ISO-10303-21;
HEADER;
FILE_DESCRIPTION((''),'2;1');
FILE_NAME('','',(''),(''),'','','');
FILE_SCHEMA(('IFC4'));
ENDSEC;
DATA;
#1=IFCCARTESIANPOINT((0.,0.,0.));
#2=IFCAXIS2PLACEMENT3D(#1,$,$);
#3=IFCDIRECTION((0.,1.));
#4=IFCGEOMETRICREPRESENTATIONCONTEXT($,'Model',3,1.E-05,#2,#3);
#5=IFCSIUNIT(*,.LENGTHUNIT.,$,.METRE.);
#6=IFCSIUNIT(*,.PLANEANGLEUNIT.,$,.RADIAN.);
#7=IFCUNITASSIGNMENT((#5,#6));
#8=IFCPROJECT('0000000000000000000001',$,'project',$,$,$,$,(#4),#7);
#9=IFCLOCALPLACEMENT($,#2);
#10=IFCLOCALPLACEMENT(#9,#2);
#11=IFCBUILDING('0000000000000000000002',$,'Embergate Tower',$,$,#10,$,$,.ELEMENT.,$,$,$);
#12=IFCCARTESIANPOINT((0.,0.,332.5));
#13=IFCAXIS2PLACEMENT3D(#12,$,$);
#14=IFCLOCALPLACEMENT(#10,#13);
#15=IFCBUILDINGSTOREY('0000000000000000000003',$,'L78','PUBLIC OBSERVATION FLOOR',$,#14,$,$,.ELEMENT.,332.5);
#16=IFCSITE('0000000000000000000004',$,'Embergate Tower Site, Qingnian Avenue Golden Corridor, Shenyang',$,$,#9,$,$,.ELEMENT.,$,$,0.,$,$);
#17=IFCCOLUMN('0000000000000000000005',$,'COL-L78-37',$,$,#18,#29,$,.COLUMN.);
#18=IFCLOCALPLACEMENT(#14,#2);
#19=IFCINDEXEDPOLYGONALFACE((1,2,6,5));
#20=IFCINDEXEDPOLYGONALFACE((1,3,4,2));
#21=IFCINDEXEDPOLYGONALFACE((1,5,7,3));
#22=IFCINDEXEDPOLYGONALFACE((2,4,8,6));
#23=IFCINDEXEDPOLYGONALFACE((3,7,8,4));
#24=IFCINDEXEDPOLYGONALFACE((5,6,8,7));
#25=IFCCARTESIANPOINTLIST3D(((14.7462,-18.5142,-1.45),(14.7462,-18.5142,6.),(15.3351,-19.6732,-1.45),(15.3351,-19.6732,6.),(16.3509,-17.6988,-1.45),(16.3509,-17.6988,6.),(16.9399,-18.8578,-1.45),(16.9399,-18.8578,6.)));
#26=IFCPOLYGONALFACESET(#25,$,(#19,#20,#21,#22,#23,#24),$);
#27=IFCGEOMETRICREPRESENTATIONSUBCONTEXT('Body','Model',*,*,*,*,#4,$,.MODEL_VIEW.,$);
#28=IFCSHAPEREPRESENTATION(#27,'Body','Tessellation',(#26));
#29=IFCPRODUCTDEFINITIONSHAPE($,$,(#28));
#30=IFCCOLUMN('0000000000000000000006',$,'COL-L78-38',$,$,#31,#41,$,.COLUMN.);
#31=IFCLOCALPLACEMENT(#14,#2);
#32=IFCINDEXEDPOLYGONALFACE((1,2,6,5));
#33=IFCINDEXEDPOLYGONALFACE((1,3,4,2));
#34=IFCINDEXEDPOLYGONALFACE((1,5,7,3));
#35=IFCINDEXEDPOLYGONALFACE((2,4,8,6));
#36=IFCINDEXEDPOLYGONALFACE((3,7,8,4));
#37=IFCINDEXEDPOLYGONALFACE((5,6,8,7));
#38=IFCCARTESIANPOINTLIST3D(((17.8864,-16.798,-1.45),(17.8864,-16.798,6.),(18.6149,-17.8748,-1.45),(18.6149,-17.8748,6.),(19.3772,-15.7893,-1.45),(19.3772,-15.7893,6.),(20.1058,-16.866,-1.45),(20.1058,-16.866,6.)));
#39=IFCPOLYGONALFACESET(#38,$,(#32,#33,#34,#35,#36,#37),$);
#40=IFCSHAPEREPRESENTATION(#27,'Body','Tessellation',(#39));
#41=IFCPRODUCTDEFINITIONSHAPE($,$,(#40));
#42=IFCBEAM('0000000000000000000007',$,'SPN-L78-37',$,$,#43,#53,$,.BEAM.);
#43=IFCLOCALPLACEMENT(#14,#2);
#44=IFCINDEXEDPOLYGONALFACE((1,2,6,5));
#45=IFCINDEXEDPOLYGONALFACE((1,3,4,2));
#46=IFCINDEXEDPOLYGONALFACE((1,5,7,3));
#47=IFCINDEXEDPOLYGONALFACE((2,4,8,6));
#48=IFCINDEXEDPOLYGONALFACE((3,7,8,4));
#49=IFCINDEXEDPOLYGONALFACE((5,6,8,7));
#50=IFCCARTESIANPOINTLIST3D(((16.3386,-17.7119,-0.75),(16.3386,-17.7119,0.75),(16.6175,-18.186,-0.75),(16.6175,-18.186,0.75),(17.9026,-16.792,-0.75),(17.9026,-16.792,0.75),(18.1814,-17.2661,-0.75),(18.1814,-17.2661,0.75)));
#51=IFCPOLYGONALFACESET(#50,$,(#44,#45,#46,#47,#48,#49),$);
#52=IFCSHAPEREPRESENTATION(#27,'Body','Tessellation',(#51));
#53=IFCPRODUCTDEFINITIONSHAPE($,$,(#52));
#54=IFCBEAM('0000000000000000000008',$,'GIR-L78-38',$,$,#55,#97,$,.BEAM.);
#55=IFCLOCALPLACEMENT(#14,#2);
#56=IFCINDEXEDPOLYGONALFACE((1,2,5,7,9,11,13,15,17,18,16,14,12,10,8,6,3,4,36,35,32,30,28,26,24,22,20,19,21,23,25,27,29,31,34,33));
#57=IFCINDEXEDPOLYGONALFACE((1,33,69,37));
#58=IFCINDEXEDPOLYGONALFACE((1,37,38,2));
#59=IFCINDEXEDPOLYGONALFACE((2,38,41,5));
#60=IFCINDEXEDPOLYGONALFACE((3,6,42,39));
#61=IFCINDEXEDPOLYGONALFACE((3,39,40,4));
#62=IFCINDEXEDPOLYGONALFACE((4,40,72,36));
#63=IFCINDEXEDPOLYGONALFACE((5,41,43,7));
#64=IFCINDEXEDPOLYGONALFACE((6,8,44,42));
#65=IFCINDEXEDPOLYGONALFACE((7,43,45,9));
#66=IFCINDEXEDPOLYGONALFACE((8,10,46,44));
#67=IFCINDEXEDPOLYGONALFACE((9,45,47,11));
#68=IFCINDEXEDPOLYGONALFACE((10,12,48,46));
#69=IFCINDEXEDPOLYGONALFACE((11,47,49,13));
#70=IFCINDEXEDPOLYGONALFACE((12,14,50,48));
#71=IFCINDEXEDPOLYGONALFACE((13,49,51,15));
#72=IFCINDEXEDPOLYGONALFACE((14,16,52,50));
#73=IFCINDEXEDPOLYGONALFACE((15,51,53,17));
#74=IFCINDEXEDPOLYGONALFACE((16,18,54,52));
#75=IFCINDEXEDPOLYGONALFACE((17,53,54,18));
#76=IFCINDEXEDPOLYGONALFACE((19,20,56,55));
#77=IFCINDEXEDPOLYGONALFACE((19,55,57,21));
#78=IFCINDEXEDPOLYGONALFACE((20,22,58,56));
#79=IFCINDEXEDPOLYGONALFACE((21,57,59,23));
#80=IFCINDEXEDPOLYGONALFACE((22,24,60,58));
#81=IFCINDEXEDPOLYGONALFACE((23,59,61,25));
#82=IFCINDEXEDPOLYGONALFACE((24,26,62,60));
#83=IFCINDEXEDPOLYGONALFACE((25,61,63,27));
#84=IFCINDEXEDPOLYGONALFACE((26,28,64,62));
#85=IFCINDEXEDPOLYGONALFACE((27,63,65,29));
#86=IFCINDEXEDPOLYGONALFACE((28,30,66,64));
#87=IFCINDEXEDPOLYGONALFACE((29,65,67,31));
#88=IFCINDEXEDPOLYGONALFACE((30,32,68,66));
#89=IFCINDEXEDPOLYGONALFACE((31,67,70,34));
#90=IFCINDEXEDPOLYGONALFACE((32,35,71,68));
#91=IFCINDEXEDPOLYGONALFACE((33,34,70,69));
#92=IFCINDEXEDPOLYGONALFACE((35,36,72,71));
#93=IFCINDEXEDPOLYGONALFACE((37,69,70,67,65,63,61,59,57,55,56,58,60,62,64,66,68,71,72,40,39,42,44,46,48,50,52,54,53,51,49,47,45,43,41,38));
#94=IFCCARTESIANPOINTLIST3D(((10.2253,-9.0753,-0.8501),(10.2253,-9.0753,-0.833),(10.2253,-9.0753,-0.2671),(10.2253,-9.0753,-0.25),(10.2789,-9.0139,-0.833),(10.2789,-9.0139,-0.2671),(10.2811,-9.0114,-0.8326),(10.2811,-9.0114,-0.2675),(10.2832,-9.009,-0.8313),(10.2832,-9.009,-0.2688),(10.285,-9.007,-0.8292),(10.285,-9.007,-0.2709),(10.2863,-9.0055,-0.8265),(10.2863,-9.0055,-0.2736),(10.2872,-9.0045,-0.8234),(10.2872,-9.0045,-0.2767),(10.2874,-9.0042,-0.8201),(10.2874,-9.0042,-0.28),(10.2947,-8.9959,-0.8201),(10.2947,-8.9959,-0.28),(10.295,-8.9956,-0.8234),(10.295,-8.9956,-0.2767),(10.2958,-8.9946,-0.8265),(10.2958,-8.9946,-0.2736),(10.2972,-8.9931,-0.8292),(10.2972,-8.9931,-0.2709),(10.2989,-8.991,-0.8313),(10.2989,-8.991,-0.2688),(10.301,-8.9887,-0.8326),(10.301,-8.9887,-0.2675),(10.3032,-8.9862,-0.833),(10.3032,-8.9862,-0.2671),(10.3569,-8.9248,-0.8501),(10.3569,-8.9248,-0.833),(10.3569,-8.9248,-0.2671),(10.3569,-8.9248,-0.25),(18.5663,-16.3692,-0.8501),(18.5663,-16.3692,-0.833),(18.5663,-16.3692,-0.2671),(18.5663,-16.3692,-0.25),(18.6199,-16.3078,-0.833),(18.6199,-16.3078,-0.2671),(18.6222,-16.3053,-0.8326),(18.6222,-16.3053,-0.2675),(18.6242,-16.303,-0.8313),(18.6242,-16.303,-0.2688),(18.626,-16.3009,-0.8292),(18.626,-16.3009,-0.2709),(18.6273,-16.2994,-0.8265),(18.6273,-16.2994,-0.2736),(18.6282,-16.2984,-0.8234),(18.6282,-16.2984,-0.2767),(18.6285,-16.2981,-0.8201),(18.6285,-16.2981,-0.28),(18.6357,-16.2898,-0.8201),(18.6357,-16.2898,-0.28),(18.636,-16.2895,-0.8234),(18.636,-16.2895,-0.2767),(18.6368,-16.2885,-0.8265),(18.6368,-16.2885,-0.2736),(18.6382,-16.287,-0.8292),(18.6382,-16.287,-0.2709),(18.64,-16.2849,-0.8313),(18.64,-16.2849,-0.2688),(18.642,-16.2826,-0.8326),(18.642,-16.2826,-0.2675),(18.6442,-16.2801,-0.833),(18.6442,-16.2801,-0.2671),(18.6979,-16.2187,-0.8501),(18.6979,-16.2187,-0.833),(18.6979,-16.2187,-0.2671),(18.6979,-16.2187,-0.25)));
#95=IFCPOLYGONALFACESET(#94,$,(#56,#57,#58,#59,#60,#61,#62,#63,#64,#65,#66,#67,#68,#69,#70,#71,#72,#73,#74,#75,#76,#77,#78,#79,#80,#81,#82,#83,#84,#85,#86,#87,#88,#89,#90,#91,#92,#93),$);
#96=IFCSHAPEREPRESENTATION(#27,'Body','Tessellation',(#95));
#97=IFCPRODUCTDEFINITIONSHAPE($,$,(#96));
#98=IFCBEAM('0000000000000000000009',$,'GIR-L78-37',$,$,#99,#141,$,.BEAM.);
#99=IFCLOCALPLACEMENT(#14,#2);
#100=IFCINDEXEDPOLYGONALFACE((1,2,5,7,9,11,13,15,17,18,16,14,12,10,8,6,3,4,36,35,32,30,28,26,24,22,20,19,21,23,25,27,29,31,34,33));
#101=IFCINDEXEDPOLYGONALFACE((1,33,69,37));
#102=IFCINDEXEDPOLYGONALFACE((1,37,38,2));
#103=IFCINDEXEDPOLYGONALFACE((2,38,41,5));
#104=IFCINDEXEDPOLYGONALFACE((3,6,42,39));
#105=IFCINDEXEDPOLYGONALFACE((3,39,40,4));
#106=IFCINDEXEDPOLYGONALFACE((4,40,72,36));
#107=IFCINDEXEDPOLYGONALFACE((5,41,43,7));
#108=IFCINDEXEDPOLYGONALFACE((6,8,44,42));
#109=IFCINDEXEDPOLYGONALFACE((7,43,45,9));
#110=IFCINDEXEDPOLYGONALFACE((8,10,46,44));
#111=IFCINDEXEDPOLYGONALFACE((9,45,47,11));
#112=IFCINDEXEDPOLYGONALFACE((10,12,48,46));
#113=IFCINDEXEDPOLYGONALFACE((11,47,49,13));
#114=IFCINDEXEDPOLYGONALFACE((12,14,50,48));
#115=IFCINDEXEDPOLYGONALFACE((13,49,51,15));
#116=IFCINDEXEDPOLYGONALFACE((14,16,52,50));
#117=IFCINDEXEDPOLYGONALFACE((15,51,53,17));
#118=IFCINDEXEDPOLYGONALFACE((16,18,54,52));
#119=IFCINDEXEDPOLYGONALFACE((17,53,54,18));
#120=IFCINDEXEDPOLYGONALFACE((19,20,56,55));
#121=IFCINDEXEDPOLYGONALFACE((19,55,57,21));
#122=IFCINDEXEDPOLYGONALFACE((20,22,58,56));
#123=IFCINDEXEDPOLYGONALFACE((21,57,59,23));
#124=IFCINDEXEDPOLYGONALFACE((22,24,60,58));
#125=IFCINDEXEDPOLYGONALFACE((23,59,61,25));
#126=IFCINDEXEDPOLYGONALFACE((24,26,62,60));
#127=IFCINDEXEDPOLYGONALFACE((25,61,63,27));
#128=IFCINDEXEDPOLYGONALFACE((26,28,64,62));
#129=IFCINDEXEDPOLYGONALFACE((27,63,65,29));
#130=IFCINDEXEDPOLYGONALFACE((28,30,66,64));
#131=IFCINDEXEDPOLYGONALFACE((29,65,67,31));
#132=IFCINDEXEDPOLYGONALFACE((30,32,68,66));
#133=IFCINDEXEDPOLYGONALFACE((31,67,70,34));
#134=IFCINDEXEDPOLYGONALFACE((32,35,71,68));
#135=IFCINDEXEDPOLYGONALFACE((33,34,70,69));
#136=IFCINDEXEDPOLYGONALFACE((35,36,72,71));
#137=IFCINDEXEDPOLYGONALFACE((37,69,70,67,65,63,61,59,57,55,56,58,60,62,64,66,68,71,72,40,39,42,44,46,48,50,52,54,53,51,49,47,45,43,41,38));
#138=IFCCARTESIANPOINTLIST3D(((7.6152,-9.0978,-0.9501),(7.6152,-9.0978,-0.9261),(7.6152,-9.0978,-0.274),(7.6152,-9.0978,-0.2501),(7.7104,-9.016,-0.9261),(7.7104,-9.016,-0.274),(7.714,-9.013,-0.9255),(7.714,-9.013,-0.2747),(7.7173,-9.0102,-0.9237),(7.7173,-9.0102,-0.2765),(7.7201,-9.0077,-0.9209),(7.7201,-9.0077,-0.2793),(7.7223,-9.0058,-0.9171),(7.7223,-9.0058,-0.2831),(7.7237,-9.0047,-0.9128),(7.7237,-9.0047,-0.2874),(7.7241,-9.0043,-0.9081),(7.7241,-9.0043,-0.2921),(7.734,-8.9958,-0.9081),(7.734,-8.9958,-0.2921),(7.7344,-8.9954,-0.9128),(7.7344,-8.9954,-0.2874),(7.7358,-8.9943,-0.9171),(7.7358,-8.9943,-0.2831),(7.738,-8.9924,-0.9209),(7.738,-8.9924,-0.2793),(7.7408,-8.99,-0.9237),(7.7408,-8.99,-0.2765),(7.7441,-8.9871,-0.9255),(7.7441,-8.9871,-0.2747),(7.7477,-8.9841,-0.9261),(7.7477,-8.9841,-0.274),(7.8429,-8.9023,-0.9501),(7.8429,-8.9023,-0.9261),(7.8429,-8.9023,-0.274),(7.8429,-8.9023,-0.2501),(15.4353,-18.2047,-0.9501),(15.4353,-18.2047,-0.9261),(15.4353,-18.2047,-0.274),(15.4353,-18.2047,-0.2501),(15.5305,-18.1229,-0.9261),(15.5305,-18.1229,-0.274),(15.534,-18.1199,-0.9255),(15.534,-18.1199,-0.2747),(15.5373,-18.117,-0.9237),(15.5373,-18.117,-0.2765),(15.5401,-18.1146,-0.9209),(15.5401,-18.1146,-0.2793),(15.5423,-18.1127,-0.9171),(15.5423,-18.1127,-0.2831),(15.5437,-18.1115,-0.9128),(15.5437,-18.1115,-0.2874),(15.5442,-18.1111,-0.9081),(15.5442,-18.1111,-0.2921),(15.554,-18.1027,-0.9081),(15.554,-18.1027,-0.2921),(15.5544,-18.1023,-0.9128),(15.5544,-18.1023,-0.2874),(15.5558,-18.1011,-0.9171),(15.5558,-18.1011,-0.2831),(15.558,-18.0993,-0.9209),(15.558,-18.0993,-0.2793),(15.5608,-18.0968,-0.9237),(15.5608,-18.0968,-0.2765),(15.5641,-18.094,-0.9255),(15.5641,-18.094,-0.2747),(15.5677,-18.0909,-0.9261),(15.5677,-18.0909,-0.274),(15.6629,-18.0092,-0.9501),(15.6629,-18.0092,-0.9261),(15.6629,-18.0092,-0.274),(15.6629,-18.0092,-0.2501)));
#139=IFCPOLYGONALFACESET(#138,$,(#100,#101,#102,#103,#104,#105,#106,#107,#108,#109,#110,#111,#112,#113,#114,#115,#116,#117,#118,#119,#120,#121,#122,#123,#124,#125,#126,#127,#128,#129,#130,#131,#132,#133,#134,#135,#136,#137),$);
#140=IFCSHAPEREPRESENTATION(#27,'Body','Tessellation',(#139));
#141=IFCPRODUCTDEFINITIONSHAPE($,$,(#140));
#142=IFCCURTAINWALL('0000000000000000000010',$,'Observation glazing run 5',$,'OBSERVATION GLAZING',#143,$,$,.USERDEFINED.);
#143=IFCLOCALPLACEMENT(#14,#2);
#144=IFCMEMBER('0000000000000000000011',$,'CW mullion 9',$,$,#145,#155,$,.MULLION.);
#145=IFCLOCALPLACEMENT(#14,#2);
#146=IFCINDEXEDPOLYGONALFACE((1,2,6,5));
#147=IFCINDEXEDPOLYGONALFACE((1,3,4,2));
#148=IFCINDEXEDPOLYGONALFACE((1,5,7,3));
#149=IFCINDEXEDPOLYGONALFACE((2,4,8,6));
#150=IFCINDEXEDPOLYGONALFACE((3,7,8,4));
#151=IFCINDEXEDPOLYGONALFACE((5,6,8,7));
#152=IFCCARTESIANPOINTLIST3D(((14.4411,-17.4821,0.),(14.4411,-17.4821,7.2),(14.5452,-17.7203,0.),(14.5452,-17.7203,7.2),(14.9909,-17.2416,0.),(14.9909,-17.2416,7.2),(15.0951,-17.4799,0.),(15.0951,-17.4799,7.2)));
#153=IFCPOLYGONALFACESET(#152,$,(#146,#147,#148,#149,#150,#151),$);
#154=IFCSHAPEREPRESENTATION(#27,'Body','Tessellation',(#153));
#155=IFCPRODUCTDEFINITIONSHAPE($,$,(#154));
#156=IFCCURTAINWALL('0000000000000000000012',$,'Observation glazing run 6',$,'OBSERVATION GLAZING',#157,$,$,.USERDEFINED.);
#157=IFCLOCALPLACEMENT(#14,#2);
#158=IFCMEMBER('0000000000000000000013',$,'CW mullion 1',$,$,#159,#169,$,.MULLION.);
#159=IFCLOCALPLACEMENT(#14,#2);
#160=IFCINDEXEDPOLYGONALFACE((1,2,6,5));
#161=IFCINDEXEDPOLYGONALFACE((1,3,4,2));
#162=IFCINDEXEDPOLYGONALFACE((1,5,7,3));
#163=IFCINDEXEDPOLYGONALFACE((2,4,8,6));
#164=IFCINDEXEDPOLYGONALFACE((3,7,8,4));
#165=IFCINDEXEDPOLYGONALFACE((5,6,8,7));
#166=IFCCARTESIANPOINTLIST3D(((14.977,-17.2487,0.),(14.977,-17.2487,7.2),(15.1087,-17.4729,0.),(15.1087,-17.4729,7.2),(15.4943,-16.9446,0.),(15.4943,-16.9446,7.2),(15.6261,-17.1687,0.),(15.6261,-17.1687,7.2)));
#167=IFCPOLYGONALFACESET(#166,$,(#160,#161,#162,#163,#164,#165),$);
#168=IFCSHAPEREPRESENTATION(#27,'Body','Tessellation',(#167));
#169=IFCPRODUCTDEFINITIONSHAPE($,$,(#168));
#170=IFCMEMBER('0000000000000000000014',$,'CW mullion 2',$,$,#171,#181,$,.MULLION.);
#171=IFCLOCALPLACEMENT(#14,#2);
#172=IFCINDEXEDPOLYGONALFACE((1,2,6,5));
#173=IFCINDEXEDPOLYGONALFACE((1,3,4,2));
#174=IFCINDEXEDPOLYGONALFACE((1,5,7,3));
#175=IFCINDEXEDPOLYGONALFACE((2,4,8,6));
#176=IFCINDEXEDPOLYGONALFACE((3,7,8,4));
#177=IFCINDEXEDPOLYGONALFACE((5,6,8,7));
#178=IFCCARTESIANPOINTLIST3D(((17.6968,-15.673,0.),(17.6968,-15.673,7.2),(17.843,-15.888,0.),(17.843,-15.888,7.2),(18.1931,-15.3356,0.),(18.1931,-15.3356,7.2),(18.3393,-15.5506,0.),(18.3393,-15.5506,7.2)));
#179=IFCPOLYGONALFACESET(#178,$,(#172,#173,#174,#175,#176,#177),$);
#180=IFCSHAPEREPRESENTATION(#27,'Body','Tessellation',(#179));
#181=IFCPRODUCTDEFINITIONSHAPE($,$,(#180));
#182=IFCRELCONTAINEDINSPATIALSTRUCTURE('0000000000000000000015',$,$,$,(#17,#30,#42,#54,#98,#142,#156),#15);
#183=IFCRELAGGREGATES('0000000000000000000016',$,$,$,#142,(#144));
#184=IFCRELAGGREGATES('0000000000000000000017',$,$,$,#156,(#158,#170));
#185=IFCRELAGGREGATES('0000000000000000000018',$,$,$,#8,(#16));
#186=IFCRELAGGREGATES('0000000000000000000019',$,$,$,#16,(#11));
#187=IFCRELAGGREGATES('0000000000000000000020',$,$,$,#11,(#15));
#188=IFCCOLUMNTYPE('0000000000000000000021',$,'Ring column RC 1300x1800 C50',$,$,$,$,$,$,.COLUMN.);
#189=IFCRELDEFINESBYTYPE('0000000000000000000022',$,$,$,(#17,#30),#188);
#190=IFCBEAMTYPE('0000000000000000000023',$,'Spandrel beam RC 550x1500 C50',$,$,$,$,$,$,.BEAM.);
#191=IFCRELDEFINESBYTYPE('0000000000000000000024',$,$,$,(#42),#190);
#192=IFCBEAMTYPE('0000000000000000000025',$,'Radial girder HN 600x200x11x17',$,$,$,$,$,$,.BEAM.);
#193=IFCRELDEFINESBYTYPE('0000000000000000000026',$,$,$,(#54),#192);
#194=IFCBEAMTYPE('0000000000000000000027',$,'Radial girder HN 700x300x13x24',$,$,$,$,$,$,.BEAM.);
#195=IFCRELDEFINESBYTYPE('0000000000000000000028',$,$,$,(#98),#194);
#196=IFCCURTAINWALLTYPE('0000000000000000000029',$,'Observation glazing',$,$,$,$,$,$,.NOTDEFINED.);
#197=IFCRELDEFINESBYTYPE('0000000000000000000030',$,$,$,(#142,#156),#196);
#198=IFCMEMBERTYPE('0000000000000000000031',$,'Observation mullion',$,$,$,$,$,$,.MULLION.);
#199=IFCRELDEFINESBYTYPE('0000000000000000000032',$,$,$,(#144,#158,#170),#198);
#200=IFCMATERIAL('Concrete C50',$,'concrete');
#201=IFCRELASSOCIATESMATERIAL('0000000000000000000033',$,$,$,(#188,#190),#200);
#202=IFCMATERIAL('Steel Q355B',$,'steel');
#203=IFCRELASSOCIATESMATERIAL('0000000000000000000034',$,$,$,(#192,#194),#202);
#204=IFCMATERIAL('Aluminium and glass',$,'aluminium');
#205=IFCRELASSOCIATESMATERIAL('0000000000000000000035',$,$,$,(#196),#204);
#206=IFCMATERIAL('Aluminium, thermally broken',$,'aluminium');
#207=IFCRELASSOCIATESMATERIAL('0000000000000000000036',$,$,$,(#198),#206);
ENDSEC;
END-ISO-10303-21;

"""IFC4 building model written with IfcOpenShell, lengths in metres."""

from ifc_helpers import new_model, si_unit, direction, frame, origin, origin_2d, place, context, subcontext, project, spatial, rectangle, i_section, extrude, source, transform, mapped, material, material_profile, profile_set, type_object, element, aggregate, save


model = new_model("IFC4")

# Units and contexts
model_context = context("Model", 3, precision=1e-05, world=origin(), true_north=direction((0.0, 1.0)))
body_context = subcontext(model_context, "Body", "Model", "MODEL_VIEW")
ifc_project = project(units=[si_unit("LENGTHUNIT", "METRE"), si_unit("PLANEANGLEUNIT", "RADIAN")], contexts=[model_context])

# Site, building, storey
site_placement = place(None, origin())
site = spatial("IfcSite", under=ifc_project, at=site_placement, Name="Embergate Tower Site, Qingnian Avenue Golden Corridor, Shenyang", CompositionType="ELEMENT", RefElevation=0.0)
building_placement = place(site_placement, origin())
building = spatial("IfcBuilding", under=site, at=building_placement, Name="Embergate Tower", CompositionType="ELEMENT")
storey_placement = place(building_placement, frame((0.0, 0.0, 332.5)))
storey = spatial("IfcBuildingStorey", under=building, at=storey_placement, Name="L78", Description="PUBLIC OBSERVATION FLOOR", CompositionType="ELEMENT", Elevation=332.5)

# Columns
ifc_material_1 = material(Name="Concrete C50", Category="concrete")
ifc_material_profile_1 = material_profile(ifc_material_1, rectangle(XDim=1.3, YDim=1.8, at=origin_2d()), Name="RC 1300x1800")
ifc_profile_set_1 = profile_set([ifc_material_profile_1], Name="Concrete C50")
column_type = type_object("IfcColumnType", Name="Ring column RC 1300x1800 C50", PredefinedType="COLUMN", material=ifc_profile_set_1)
shared_shape_1 = source(origin(), body_context, "Body", "SweptSolid", [
    extrude(rectangle(XDim=1.3, YDim=1.8, at=origin_2d()), origin(), (0.0, 0.0, 1.0), 7.45),
])
for number, where, z_axis, x_axis, name in (
    (1, (15.843, -18.686, -1.45), (0.0, 0.0, 1.0), (0.452995, -0.891513, 0.0), "COL-L78-37"),
    (2, (18.9961, -16.832, -1.45), (0.0, 0.0, 1.0), (0.560393, -0.828227, 0.0), "COL-L78-38"),
):
    element("IfcColumn", number, at=place(storey_placement, frame(where, z_axis=z_axis, x_axis=x_axis)), inside=storey, type_object=column_type, Name=name, PredefinedType="COLUMN", context=body_context, shape_type="MappedRepresentation", body=[
        mapped(shared_shape_1, transform((0.0, 0.0, 0.0))),
    ])

# Beams
ifc_material_profile_2 = material_profile(ifc_material_1, rectangle(XDim=0.55, YDim=1.5, at=origin_2d()), Name="RC 550x1500")
ifc_profile_set_2 = profile_set([ifc_material_profile_2], Name="Concrete C50")
beam_type_1 = type_object("IfcBeamType", Name="Spandrel beam RC 550x1500 C50", PredefinedType="BEAM", material=ifc_profile_set_2)
shared_shape_2 = source(origin(), body_context, "Body", "SweptSolid", [
    extrude(rectangle(XDim=0.55, YDim=1.5, at=origin_2d()), origin(), (0.0, 0.0, 1.0), 1.8145),
])
beam_1_placement = place(storey_placement, frame((16.478, -17.949, 0.0), z_axis=(0.861948, 0.506997, 0.0), x_axis=(-0.506997, 0.861948, 0.0)))
element("IfcBeam", 3, at=beam_1_placement, inside=storey, type_object=beam_type_1, Name="SPN-L78-37", PredefinedType="BEAM", context=body_context, shape_type="MappedRepresentation", body=[
    mapped(shared_shape_2, transform((0.0, 0.0, 0.0))),
])
ifc_material_2 = material(Name="Steel Q355B", Category="steel")
ifc_material_profile_3 = material_profile(ifc_material_2, i_section(OverallWidth=0.2, OverallDepth=0.6001, WebThickness=0.011, FlangeThickness=0.0171, FilletRadius=0.0129, at=origin_2d()), Name="HN 600x200x11x17")
ifc_profile_set_3 = profile_set([ifc_material_profile_3], Name="Steel Q355 grade B")
beam_type_2 = type_object("IfcBeamType", Name="Radial girder HN 600x200x11x17", PredefinedType="BEAM", material=ifc_profile_set_3)
shared_shape_3 = source(origin(), body_context, "Body", "SweptSolid", [
    extrude(i_section(OverallWidth=0.2, OverallDepth=0.6001, WebThickness=0.011, FlangeThickness=0.0171, FilletRadius=0.0129, at=origin_2d()), origin(), (0.0, 0.0, 1.0), 11.0803),
])
beam_2_placement = place(storey_placement, frame((18.6321, -16.2939, -0.55), z_axis=(-0.752777, 0.658275, 0.0), x_axis=(-0.658275, -0.752777, 0.0)))
element("IfcBeam", 4, at=beam_2_placement, inside=storey, type_object=beam_type_2, Name="GIR-L78-38", PredefinedType="BEAM", context=body_context, shape_type="MappedRepresentation", body=[
    mapped(shared_shape_3, transform((0.0, 0.0, 0.0))),
])
ifc_material_profile_4 = material_profile(ifc_material_2, i_section(OverallWidth=0.3, OverallDepth=0.7, WebThickness=0.0129, FlangeThickness=0.0239, FilletRadius=0.0181, at=origin_2d()), Name="HN 700x300x13x24")
ifc_profile_set_4 = profile_set([ifc_material_profile_4], Name="Steel Q355 grade B")
beam_type_3 = type_object("IfcBeamType", Name="Radial girder HN 700x300x13x24", PredefinedType="BEAM", material=ifc_profile_set_4)
shared_shape_4 = source(origin(), body_context, "Body", "SweptSolid", [
    extrude(i_section(OverallWidth=0.3, OverallDepth=0.7, WebThickness=0.0129, FlangeThickness=0.0239, FilletRadius=0.0181, at=origin_2d()), origin(), (0.0, 0.0, 1.0), 12.0037),
])
beam_3_placement = place(storey_placement, frame((15.5491, -18.1069, -0.6001), z_axis=(-0.651469, 0.758675, 0.0), x_axis=(-0.758675, -0.651469, 0.0)))
element("IfcBeam", 5, at=beam_3_placement, inside=storey, type_object=beam_type_3, Name="GIR-L78-37", PredefinedType="BEAM", context=body_context, shape_type="MappedRepresentation", body=[
    mapped(shared_shape_4, transform((0.0, 0.0, 0.0))),
])

# Curtain wall, member
ifc_material_3 = material(Name="Aluminium and glass", Category="aluminium")
curtain_wall_type = type_object("IfcCurtainWallType", Name="Observation glazing", PredefinedType="NOTDEFINED", material=ifc_material_3)
curtain_wall_1_placement = place(storey_placement, origin())
curtain_wall_1 = element("IfcCurtainWall", 6, at=curtain_wall_1_placement, inside=storey, type_object=curtain_wall_type, Name="Observation glazing run 5", ObjectType="OBSERVATION GLAZING", PredefinedType="USERDEFINED")
ifc_material_4 = material(Name="Aluminium, thermally broken", Category="aluminium")
ifc_material_profile_5 = material_profile(ifc_material_4, rectangle(XDim=0.26, YDim=0.6001, at=origin_2d()), Name="AL 600x260")
ifc_profile_set_5 = profile_set([ifc_material_profile_5], Name="Aluminium, thermally broken")
member_type_1 = type_object("IfcMemberType", Name="Observation mullion", PredefinedType="MULLION", material=ifc_profile_set_5)
shared_shape_5 = source(origin(), body_context, "Body", "SweptSolid", [
    extrude(rectangle(XDim=0.26, YDim=0.6001, at=origin_2d()), origin(), (0.0, 0.0, 1.0), 7.2),
])
member_1_placement = place(storey_placement, frame((14.7681, -17.481, 0.0), z_axis=(0.0, 0.0, 1.0), x_axis=(-0.400634, 0.916238, 0.0)))
member_1 = element("IfcMember", 7, at=member_1_placement, type_object=member_type_1, Name="CW mullion 9", PredefinedType="MULLION", context=body_context, shape_type="MappedRepresentation", body=[
    mapped(shared_shape_5, transform((0.0, 0.0, 0.0))),
])
aggregate(curtain_wall_1, [member_1])

# Curtain wall, members
curtain_wall_2_placement = place(storey_placement, origin())
curtain_wall_2 = element("IfcCurtainWall", 8, at=curtain_wall_2_placement, inside=storey, type_object=curtain_wall_type, Name="Observation glazing run 6", ObjectType="OBSERVATION GLAZING", PredefinedType="USERDEFINED")
member_2_placement = place(storey_placement, frame((15.3015, -17.2087, 0.0), z_axis=(0.0, 0.0, 1.0), x_axis=(-0.506812, 0.862057, 0.0)))
member_2 = element("IfcMember", 9, at=member_2_placement, type_object=member_type_1, Name="CW mullion 1", PredefinedType="MULLION", context=body_context, shape_type="MappedRepresentation", body=[
    mapped(shared_shape_5, transform((0.0, 0.0, 0.0))),
])
member_3_placement = place(storey_placement, frame((18.0181, -15.6118, 0.0), z_axis=(0.0, 0.0, 1.0), x_axis=(-0.562195, 0.827005, 0.0)))
member_3 = element("IfcMember", 10, at=member_3_placement, type_object=member_type_1, Name="CW mullion 2", PredefinedType="MULLION", context=body_context, shape_type="MappedRepresentation", body=[
    mapped(shared_shape_5, transform((0.0, 0.0, 0.0))),
])
aggregate(curtain_wall_2, [member_2, member_3])

save(model, "model.ifc")
